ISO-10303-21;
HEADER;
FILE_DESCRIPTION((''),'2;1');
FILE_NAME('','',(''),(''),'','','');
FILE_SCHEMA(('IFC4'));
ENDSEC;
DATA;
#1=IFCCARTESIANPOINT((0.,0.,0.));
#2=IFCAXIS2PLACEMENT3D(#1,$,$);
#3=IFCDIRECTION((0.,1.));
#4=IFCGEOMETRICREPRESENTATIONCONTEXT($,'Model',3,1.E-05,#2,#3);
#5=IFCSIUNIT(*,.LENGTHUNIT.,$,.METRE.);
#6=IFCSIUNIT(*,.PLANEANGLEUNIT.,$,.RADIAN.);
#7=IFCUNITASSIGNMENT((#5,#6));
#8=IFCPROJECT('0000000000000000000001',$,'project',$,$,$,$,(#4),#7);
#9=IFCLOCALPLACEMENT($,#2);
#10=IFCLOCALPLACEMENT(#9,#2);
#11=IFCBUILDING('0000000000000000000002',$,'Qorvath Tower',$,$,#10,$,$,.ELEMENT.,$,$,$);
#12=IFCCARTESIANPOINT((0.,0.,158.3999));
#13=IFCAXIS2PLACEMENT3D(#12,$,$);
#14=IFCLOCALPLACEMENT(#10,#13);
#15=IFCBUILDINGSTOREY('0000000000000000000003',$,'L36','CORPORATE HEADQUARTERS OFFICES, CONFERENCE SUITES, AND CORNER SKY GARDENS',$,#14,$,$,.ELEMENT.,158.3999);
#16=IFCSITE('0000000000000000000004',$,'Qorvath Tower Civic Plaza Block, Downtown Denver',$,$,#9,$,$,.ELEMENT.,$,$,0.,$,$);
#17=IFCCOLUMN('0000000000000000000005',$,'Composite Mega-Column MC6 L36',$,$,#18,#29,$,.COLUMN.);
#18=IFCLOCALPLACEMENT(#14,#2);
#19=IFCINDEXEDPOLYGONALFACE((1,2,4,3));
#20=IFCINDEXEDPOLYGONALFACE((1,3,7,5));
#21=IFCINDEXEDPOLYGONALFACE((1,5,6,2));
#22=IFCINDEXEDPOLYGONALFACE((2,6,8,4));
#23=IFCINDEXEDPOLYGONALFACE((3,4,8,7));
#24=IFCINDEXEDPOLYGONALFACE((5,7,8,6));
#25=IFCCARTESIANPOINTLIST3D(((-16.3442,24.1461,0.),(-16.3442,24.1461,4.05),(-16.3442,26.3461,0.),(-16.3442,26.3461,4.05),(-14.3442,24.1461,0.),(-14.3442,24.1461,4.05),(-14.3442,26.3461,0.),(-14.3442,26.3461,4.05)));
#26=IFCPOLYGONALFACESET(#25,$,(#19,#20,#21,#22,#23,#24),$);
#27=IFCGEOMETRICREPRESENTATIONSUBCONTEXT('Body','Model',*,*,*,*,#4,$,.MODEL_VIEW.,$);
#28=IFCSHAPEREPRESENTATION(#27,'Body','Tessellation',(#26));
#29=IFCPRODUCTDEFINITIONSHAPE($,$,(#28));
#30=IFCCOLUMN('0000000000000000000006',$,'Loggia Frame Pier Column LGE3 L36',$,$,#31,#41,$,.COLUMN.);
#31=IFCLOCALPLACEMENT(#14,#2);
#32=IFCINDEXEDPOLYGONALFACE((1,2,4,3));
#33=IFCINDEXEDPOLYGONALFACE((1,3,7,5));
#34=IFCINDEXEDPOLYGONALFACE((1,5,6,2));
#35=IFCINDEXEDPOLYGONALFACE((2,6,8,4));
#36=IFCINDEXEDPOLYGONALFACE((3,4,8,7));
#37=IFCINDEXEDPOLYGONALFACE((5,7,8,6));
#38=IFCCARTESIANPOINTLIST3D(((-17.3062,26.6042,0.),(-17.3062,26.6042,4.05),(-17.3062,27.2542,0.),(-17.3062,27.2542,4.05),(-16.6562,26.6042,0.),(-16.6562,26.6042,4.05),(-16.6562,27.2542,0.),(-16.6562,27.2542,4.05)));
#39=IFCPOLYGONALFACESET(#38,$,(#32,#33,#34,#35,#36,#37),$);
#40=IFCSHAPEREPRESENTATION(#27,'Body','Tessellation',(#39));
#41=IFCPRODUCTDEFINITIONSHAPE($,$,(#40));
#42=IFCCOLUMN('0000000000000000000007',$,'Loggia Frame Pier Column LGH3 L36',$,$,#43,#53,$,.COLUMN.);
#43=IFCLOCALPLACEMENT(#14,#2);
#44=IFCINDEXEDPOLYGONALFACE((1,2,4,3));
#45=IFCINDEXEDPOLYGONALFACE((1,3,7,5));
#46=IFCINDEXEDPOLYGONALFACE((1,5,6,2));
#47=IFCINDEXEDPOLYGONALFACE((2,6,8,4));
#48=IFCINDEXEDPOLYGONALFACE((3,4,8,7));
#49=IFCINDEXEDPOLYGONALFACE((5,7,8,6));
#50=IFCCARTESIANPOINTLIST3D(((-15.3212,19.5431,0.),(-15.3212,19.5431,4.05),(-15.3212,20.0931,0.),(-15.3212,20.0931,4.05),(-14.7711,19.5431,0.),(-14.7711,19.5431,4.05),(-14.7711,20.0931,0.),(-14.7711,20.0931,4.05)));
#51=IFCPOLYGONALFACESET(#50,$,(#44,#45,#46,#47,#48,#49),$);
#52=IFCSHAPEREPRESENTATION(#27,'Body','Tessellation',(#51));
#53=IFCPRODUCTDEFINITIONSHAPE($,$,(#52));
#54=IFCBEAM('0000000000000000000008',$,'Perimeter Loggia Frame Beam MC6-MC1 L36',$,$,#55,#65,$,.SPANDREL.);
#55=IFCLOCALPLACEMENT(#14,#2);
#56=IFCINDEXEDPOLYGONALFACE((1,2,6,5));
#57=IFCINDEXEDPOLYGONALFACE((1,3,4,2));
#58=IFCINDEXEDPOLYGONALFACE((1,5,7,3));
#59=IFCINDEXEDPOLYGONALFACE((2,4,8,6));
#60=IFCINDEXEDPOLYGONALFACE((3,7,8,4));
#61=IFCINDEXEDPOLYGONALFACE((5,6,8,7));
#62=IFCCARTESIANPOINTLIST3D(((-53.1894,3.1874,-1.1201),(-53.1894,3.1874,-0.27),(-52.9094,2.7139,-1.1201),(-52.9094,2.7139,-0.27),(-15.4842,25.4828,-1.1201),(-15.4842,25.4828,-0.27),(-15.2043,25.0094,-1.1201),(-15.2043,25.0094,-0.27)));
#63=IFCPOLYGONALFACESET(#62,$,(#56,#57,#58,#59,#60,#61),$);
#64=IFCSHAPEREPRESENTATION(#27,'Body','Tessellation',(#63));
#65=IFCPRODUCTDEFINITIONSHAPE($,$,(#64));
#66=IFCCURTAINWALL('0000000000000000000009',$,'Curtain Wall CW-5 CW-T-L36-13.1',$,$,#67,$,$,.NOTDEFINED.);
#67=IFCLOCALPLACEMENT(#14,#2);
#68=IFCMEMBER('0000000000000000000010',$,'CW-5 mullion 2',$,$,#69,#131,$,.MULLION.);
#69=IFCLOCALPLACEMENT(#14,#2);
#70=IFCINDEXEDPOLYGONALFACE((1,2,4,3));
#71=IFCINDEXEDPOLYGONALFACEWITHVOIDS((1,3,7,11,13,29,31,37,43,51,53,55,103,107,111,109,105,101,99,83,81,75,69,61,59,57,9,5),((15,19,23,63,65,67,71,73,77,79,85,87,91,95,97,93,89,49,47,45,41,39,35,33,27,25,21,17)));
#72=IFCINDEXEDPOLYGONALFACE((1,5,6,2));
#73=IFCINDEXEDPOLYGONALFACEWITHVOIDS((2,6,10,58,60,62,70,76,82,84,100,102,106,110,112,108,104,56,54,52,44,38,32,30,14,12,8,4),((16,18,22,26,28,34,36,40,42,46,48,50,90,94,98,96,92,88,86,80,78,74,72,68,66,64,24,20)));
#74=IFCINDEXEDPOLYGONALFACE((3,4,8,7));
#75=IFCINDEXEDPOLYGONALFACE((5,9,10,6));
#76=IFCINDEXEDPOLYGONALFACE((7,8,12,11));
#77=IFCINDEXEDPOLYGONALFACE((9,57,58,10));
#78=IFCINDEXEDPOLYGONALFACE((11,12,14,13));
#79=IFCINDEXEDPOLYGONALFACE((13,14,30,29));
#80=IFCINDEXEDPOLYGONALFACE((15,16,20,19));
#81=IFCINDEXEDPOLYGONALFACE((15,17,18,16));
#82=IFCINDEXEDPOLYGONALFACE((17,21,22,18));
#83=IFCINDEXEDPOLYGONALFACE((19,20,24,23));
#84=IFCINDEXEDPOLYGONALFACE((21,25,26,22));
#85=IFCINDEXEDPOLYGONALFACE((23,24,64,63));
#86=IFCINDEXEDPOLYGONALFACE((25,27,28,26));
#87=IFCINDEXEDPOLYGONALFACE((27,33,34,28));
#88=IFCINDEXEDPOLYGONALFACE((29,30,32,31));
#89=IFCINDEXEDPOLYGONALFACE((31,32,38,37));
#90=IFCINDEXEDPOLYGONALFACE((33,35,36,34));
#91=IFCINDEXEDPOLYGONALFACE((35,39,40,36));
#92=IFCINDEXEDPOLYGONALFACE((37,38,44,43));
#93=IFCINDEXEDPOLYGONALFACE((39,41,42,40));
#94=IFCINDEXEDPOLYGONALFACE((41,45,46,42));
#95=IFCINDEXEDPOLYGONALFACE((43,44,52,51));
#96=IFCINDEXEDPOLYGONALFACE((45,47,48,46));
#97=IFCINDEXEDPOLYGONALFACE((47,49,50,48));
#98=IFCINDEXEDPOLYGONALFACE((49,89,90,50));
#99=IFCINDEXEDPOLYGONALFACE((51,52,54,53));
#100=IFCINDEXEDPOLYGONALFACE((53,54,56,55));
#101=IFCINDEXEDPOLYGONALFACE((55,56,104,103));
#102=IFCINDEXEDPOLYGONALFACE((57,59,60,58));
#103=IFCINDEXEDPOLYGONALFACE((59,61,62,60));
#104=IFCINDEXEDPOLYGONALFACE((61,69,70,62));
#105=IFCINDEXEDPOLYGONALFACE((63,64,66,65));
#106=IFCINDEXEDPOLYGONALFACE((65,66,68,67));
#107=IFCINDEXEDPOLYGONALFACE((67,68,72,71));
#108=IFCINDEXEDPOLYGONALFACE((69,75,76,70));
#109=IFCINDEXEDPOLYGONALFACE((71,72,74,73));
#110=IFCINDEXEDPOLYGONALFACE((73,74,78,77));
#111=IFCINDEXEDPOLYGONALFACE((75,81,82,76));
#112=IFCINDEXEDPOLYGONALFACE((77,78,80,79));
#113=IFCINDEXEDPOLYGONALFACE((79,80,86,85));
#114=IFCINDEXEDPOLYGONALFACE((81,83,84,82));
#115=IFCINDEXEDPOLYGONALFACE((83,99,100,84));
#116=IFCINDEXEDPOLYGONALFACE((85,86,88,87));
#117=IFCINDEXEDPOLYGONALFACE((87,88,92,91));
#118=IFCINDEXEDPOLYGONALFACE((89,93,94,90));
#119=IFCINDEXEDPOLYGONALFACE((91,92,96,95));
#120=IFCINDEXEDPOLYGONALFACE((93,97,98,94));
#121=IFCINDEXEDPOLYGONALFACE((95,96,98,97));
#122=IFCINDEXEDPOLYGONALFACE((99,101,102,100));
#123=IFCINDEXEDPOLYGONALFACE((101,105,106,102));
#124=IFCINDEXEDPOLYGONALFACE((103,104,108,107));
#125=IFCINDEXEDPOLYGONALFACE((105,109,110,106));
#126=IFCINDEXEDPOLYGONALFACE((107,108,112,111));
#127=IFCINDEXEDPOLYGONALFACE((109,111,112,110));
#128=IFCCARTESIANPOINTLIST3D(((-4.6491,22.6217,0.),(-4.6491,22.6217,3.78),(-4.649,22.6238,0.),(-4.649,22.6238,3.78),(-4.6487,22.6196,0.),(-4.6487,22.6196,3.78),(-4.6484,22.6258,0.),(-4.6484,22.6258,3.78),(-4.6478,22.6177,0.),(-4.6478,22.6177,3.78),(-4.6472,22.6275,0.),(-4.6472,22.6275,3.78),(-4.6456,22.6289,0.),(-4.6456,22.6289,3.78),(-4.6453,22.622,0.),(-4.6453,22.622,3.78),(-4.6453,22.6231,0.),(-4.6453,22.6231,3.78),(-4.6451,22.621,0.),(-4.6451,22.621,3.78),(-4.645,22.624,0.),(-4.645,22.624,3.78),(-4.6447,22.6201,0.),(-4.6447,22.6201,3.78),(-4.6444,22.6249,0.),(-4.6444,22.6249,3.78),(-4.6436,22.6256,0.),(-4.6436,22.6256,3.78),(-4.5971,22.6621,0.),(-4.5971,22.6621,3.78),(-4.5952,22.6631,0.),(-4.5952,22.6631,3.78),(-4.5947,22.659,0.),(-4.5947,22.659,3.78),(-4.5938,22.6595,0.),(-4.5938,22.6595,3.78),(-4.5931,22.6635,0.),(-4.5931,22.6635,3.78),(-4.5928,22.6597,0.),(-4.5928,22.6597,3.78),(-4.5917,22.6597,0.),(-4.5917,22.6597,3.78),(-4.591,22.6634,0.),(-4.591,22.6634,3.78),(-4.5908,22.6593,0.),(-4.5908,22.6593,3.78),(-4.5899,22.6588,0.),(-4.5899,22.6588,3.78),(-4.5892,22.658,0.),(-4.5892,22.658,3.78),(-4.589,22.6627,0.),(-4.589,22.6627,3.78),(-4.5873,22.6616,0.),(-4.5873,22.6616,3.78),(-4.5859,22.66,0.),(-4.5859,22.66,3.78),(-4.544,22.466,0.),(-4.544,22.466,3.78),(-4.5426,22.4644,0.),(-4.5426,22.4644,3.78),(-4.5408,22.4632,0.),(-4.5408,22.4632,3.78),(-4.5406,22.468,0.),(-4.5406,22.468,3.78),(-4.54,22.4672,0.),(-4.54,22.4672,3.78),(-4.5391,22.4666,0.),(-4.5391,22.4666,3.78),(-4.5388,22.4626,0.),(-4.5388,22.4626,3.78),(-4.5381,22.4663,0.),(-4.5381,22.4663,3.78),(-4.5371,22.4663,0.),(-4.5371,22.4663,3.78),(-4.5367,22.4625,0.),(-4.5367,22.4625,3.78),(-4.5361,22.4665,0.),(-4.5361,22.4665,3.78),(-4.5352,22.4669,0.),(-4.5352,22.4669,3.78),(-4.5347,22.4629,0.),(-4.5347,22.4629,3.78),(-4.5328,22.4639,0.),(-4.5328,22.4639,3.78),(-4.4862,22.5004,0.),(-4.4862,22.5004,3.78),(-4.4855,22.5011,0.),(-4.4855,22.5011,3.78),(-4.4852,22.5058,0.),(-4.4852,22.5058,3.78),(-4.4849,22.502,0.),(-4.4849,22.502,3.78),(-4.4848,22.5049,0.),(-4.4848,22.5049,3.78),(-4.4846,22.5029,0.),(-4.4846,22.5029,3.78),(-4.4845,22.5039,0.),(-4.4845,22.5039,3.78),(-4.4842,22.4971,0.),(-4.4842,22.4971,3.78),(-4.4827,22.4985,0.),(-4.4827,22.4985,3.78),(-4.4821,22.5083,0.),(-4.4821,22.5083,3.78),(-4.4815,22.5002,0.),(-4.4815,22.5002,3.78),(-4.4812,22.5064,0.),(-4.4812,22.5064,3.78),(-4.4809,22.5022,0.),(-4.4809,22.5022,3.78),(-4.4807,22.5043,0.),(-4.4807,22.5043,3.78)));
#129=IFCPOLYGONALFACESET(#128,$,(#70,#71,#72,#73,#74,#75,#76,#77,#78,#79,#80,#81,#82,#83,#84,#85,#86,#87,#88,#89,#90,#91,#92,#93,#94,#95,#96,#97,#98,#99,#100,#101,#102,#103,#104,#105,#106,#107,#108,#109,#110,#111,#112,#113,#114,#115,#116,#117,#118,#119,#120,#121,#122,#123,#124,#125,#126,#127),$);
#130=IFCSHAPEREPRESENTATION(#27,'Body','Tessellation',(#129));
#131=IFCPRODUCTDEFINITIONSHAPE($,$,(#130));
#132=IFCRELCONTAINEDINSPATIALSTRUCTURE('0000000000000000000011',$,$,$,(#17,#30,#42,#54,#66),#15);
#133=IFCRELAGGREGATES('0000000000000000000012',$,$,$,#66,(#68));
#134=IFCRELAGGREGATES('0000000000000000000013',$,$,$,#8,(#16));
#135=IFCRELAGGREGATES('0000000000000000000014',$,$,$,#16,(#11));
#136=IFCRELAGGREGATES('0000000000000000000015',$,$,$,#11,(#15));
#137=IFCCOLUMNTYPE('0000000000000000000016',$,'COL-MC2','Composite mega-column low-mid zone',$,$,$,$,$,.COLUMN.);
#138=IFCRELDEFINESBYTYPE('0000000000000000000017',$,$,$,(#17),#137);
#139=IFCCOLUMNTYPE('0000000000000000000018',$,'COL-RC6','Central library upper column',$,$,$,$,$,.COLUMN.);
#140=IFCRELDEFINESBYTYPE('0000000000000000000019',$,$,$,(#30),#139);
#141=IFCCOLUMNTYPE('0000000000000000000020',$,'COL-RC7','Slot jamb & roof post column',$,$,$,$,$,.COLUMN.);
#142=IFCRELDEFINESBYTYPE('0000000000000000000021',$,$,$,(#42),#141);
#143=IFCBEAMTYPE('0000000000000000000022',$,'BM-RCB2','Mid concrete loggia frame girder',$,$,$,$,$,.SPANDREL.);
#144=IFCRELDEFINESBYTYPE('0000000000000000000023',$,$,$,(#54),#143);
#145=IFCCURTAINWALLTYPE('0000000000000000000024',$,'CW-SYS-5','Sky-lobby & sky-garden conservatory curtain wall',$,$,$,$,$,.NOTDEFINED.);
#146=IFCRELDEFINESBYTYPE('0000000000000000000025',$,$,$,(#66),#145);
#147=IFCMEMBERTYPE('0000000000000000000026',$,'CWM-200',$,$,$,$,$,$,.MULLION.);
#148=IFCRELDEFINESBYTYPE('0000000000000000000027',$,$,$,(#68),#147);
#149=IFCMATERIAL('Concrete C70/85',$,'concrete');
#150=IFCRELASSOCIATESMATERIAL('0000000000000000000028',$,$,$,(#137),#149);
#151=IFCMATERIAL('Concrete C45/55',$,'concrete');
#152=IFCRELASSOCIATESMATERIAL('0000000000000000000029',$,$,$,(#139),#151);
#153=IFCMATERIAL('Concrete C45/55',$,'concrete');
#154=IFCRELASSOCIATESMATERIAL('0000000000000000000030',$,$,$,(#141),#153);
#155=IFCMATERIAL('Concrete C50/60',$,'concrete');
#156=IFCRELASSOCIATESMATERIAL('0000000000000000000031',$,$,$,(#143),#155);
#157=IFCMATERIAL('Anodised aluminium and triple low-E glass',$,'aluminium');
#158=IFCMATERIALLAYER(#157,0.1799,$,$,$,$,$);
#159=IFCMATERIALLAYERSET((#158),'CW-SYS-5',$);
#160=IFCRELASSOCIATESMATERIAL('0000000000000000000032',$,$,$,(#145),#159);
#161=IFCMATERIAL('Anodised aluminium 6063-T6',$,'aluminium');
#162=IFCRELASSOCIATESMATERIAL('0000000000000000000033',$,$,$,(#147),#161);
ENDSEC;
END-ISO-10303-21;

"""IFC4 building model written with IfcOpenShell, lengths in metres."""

from ifc_helpers import new_model, si_unit, direction, frame, origin, origin_2d, place, context, subcontext, project, spatial, rectangle, hollow_rectangle, extrude, material, layer, layer_set, material_profile, profile_set, type_object, element, aggregate, save


model = new_model("IFC4")

# Units and contexts
model_context = context("Model", 3, precision=1e-05, world=origin(), true_north=direction((0.0, 1.0)))
body_context = subcontext(model_context, "Body", "Model", "MODEL_VIEW")
ifc_project = project(units=[si_unit("LENGTHUNIT", "METRE"), si_unit("PLANEANGLEUNIT", "RADIAN")], contexts=[model_context])

# Site, building, storey
site_placement = place(None, origin())
site = spatial("IfcSite", under=ifc_project, at=site_placement, Name="Qorvath Tower Civic Plaza Block, Downtown Denver", CompositionType="ELEMENT", RefElevation=0.0)
building_placement = place(site_placement, origin())
building = spatial("IfcBuilding", under=site, at=building_placement, Name="Qorvath Tower", CompositionType="ELEMENT")
storey_placement = place(building_placement, frame((0.0, 0.0, 158.3999)))
storey = spatial("IfcBuildingStorey", under=building, at=storey_placement, Name="L36", Description="CORPORATE HEADQUARTERS OFFICES, CONFERENCE SUITES, AND CORNER SKY GARDENS", CompositionType="ELEMENT", Elevation=158.3999)

# Columns
ifc_material_1 = material(Name="Concrete C70/85", Category="concrete")
ifc_material_profile_1 = material_profile(ifc_material_1, rectangle(XDim=2.0, YDim=2.2, at=origin_2d()), Name="MC 2200x2000")
ifc_profile_set_1 = profile_set([ifc_material_profile_1], Name="Concrete C70/85")
column_type_1 = type_object("IfcColumnType", Name="COL-MC2", Description="Composite mega-column low-mid zone", PredefinedType="COLUMN", material=ifc_profile_set_1)
column_1_placement = place(storey_placement, frame((-15.3442, 25.2461, 0.0), z_axis=(0.0, 0.0, 1.0), x_axis=(1.0, 0.0, 0.0)))
element("IfcColumn", 1, at=column_1_placement, inside=storey, type_object=column_type_1, Name="Composite Mega-Column MC6 L36", PredefinedType="COLUMN", context=body_context, shape_type="SweptSolid", body=[
    extrude(rectangle(XDim=2.0, YDim=2.2, at=origin_2d()), origin(), (0.0, 0.0, 1.0), 4.05),
])
ifc_material_2 = material(Name="Concrete C45/55", Category="concrete")
ifc_material_profile_2 = material_profile(ifc_material_2, rectangle(XDim=0.6499, YDim=0.6499, at=origin_2d()), Name="RC 650x650")
ifc_profile_set_2 = profile_set([ifc_material_profile_2], Name="Concrete C45/55")
column_type_2 = type_object("IfcColumnType", Name="COL-RC6", Description="Central library upper column", PredefinedType="COLUMN", material=ifc_profile_set_2)
column_2_placement = place(storey_placement, frame((-16.9812, 26.9292, 0.0), z_axis=(0.0, 0.0, 1.0), x_axis=(1.0, 0.0, 0.0)))
element("IfcColumn", 2, at=column_2_placement, inside=storey, type_object=column_type_2, Name="Loggia Frame Pier Column LGE3 L36", PredefinedType="COLUMN", context=body_context, shape_type="SweptSolid", body=[
    extrude(rectangle(XDim=0.6499, YDim=0.6499, at=origin_2d()), origin(), (0.0, 0.0, 1.0), 4.05),
])
ifc_material_3 = material(Name="Concrete C45/55", Category="concrete")
ifc_material_profile_3 = material_profile(ifc_material_3, rectangle(XDim=0.55, YDim=0.55, at=origin_2d()), Name="RC 550x550")
ifc_profile_set_3 = profile_set([ifc_material_profile_3], Name="Concrete C45/55")
column_type_3 = type_object("IfcColumnType", Name="COL-RC7", Description="Slot jamb & roof post column", PredefinedType="COLUMN", material=ifc_profile_set_3)
column_3_placement = place(storey_placement, frame((-15.0461, 19.8181, 0.0), z_axis=(0.0, 0.0, 1.0), x_axis=(1.0, 0.0, 0.0)))
element("IfcColumn", 3, at=column_3_placement, inside=storey, type_object=column_type_3, Name="Loggia Frame Pier Column LGH3 L36", PredefinedType="COLUMN", context=body_context, shape_type="SweptSolid", body=[
    extrude(rectangle(XDim=0.55, YDim=0.55, at=origin_2d()), origin(), (0.0, 0.0, 1.0), 4.05),
])

# Beam
ifc_material_4 = material(Name="Concrete C50/60", Category="concrete")
ifc_material_profile_4 = material_profile(ifc_material_4, rectangle(XDim=0.55, YDim=0.8501, at=origin_2d()), Name="RCB 850x550")
ifc_profile_set_4 = profile_set([ifc_material_profile_4], Name="Concrete C50/60")
beam_type = type_object("IfcBeamType", Name="BM-RCB2", Description="Mid concrete loggia frame girder", PredefinedType="SPANDREL", material=ifc_profile_set_4)
beam_placement = place(storey_placement, frame((-15.3442, 25.2461, -0.6951), z_axis=(-0.860775, -0.508985, 0.0), x_axis=(0.508985, -0.860775, 0.0)))
element("IfcBeam", 4, at=beam_placement, inside=storey, type_object=beam_type, Name="Perimeter Loggia Frame Beam MC6-MC1 L36", PredefinedType="SPANDREL", context=body_context, shape_type="SweptSolid", body=[
    extrude(rectangle(XDim=0.55, YDim=0.8501, at=origin_2d()), origin(), (0.0, 0.0, 1.0), 43.8037),
])

# Curtain wall, member
ifc_material_5 = material(Name="Anodised aluminium and triple low-E glass", Category="aluminium")
ifc_layer_1 = layer(ifc_material_5, 0.1799)
ifc_layer_set_1 = layer_set([ifc_layer_1], Name="CW-SYS-5")
curtain_wall_type = type_object("IfcCurtainWallType", Name="CW-SYS-5", Description="Sky-lobby & sky-garden conservatory curtain wall", PredefinedType="NOTDEFINED", material=ifc_layer_set_1)
curtain_wall_1_placement = place(storey_placement, origin())
curtain_wall_1 = element("IfcCurtainWall", 5, at=curtain_wall_1_placement, inside=storey, type_object=curtain_wall_type, Name="Curtain Wall CW-5 CW-T-L36-13.1", PredefinedType="NOTDEFINED")
ifc_material_6 = material(Name="Anodised aluminium 6063-T6", Category="aluminium")
ifc_material_profile_5 = material_profile(ifc_material_6, hollow_rectangle(XDim=0.075, YDim=0.2, WallThickness=0.0039, InnerFilletRadius=0.0039, OuterFilletRadius=0.0081, at=origin_2d()), Name="CWM 200x75")
ifc_profile_set_5 = profile_set([ifc_material_profile_5], Name="Anodised aluminium 6063-T6")
member_type_1 = type_object("IfcMemberType", Name="CWM-200", PredefinedType="MULLION", material=ifc_profile_set_5)
member_1_placement = place(storey_placement, frame((-4.5649, 22.563, 0.0), z_axis=(0.0, 0.0, 1.0), x_axis=(-0.82556, -0.564314, 0.0)))
member_1 = element("IfcMember", 6, at=member_1_placement, type_object=member_type_1, Name="CW-5 mullion 2", PredefinedType="MULLION", context=body_context, shape_type="SweptSolid", body=[
    extrude(hollow_rectangle(XDim=0.075, YDim=0.2, WallThickness=0.0039, InnerFilletRadius=0.0039, OuterFilletRadius=0.0081, at=origin_2d()), origin(), (0.0, 0.0, 1.0), 3.78),
])

aggregate(curtain_wall_1, [member_1])

save(model, "model.ifc")
